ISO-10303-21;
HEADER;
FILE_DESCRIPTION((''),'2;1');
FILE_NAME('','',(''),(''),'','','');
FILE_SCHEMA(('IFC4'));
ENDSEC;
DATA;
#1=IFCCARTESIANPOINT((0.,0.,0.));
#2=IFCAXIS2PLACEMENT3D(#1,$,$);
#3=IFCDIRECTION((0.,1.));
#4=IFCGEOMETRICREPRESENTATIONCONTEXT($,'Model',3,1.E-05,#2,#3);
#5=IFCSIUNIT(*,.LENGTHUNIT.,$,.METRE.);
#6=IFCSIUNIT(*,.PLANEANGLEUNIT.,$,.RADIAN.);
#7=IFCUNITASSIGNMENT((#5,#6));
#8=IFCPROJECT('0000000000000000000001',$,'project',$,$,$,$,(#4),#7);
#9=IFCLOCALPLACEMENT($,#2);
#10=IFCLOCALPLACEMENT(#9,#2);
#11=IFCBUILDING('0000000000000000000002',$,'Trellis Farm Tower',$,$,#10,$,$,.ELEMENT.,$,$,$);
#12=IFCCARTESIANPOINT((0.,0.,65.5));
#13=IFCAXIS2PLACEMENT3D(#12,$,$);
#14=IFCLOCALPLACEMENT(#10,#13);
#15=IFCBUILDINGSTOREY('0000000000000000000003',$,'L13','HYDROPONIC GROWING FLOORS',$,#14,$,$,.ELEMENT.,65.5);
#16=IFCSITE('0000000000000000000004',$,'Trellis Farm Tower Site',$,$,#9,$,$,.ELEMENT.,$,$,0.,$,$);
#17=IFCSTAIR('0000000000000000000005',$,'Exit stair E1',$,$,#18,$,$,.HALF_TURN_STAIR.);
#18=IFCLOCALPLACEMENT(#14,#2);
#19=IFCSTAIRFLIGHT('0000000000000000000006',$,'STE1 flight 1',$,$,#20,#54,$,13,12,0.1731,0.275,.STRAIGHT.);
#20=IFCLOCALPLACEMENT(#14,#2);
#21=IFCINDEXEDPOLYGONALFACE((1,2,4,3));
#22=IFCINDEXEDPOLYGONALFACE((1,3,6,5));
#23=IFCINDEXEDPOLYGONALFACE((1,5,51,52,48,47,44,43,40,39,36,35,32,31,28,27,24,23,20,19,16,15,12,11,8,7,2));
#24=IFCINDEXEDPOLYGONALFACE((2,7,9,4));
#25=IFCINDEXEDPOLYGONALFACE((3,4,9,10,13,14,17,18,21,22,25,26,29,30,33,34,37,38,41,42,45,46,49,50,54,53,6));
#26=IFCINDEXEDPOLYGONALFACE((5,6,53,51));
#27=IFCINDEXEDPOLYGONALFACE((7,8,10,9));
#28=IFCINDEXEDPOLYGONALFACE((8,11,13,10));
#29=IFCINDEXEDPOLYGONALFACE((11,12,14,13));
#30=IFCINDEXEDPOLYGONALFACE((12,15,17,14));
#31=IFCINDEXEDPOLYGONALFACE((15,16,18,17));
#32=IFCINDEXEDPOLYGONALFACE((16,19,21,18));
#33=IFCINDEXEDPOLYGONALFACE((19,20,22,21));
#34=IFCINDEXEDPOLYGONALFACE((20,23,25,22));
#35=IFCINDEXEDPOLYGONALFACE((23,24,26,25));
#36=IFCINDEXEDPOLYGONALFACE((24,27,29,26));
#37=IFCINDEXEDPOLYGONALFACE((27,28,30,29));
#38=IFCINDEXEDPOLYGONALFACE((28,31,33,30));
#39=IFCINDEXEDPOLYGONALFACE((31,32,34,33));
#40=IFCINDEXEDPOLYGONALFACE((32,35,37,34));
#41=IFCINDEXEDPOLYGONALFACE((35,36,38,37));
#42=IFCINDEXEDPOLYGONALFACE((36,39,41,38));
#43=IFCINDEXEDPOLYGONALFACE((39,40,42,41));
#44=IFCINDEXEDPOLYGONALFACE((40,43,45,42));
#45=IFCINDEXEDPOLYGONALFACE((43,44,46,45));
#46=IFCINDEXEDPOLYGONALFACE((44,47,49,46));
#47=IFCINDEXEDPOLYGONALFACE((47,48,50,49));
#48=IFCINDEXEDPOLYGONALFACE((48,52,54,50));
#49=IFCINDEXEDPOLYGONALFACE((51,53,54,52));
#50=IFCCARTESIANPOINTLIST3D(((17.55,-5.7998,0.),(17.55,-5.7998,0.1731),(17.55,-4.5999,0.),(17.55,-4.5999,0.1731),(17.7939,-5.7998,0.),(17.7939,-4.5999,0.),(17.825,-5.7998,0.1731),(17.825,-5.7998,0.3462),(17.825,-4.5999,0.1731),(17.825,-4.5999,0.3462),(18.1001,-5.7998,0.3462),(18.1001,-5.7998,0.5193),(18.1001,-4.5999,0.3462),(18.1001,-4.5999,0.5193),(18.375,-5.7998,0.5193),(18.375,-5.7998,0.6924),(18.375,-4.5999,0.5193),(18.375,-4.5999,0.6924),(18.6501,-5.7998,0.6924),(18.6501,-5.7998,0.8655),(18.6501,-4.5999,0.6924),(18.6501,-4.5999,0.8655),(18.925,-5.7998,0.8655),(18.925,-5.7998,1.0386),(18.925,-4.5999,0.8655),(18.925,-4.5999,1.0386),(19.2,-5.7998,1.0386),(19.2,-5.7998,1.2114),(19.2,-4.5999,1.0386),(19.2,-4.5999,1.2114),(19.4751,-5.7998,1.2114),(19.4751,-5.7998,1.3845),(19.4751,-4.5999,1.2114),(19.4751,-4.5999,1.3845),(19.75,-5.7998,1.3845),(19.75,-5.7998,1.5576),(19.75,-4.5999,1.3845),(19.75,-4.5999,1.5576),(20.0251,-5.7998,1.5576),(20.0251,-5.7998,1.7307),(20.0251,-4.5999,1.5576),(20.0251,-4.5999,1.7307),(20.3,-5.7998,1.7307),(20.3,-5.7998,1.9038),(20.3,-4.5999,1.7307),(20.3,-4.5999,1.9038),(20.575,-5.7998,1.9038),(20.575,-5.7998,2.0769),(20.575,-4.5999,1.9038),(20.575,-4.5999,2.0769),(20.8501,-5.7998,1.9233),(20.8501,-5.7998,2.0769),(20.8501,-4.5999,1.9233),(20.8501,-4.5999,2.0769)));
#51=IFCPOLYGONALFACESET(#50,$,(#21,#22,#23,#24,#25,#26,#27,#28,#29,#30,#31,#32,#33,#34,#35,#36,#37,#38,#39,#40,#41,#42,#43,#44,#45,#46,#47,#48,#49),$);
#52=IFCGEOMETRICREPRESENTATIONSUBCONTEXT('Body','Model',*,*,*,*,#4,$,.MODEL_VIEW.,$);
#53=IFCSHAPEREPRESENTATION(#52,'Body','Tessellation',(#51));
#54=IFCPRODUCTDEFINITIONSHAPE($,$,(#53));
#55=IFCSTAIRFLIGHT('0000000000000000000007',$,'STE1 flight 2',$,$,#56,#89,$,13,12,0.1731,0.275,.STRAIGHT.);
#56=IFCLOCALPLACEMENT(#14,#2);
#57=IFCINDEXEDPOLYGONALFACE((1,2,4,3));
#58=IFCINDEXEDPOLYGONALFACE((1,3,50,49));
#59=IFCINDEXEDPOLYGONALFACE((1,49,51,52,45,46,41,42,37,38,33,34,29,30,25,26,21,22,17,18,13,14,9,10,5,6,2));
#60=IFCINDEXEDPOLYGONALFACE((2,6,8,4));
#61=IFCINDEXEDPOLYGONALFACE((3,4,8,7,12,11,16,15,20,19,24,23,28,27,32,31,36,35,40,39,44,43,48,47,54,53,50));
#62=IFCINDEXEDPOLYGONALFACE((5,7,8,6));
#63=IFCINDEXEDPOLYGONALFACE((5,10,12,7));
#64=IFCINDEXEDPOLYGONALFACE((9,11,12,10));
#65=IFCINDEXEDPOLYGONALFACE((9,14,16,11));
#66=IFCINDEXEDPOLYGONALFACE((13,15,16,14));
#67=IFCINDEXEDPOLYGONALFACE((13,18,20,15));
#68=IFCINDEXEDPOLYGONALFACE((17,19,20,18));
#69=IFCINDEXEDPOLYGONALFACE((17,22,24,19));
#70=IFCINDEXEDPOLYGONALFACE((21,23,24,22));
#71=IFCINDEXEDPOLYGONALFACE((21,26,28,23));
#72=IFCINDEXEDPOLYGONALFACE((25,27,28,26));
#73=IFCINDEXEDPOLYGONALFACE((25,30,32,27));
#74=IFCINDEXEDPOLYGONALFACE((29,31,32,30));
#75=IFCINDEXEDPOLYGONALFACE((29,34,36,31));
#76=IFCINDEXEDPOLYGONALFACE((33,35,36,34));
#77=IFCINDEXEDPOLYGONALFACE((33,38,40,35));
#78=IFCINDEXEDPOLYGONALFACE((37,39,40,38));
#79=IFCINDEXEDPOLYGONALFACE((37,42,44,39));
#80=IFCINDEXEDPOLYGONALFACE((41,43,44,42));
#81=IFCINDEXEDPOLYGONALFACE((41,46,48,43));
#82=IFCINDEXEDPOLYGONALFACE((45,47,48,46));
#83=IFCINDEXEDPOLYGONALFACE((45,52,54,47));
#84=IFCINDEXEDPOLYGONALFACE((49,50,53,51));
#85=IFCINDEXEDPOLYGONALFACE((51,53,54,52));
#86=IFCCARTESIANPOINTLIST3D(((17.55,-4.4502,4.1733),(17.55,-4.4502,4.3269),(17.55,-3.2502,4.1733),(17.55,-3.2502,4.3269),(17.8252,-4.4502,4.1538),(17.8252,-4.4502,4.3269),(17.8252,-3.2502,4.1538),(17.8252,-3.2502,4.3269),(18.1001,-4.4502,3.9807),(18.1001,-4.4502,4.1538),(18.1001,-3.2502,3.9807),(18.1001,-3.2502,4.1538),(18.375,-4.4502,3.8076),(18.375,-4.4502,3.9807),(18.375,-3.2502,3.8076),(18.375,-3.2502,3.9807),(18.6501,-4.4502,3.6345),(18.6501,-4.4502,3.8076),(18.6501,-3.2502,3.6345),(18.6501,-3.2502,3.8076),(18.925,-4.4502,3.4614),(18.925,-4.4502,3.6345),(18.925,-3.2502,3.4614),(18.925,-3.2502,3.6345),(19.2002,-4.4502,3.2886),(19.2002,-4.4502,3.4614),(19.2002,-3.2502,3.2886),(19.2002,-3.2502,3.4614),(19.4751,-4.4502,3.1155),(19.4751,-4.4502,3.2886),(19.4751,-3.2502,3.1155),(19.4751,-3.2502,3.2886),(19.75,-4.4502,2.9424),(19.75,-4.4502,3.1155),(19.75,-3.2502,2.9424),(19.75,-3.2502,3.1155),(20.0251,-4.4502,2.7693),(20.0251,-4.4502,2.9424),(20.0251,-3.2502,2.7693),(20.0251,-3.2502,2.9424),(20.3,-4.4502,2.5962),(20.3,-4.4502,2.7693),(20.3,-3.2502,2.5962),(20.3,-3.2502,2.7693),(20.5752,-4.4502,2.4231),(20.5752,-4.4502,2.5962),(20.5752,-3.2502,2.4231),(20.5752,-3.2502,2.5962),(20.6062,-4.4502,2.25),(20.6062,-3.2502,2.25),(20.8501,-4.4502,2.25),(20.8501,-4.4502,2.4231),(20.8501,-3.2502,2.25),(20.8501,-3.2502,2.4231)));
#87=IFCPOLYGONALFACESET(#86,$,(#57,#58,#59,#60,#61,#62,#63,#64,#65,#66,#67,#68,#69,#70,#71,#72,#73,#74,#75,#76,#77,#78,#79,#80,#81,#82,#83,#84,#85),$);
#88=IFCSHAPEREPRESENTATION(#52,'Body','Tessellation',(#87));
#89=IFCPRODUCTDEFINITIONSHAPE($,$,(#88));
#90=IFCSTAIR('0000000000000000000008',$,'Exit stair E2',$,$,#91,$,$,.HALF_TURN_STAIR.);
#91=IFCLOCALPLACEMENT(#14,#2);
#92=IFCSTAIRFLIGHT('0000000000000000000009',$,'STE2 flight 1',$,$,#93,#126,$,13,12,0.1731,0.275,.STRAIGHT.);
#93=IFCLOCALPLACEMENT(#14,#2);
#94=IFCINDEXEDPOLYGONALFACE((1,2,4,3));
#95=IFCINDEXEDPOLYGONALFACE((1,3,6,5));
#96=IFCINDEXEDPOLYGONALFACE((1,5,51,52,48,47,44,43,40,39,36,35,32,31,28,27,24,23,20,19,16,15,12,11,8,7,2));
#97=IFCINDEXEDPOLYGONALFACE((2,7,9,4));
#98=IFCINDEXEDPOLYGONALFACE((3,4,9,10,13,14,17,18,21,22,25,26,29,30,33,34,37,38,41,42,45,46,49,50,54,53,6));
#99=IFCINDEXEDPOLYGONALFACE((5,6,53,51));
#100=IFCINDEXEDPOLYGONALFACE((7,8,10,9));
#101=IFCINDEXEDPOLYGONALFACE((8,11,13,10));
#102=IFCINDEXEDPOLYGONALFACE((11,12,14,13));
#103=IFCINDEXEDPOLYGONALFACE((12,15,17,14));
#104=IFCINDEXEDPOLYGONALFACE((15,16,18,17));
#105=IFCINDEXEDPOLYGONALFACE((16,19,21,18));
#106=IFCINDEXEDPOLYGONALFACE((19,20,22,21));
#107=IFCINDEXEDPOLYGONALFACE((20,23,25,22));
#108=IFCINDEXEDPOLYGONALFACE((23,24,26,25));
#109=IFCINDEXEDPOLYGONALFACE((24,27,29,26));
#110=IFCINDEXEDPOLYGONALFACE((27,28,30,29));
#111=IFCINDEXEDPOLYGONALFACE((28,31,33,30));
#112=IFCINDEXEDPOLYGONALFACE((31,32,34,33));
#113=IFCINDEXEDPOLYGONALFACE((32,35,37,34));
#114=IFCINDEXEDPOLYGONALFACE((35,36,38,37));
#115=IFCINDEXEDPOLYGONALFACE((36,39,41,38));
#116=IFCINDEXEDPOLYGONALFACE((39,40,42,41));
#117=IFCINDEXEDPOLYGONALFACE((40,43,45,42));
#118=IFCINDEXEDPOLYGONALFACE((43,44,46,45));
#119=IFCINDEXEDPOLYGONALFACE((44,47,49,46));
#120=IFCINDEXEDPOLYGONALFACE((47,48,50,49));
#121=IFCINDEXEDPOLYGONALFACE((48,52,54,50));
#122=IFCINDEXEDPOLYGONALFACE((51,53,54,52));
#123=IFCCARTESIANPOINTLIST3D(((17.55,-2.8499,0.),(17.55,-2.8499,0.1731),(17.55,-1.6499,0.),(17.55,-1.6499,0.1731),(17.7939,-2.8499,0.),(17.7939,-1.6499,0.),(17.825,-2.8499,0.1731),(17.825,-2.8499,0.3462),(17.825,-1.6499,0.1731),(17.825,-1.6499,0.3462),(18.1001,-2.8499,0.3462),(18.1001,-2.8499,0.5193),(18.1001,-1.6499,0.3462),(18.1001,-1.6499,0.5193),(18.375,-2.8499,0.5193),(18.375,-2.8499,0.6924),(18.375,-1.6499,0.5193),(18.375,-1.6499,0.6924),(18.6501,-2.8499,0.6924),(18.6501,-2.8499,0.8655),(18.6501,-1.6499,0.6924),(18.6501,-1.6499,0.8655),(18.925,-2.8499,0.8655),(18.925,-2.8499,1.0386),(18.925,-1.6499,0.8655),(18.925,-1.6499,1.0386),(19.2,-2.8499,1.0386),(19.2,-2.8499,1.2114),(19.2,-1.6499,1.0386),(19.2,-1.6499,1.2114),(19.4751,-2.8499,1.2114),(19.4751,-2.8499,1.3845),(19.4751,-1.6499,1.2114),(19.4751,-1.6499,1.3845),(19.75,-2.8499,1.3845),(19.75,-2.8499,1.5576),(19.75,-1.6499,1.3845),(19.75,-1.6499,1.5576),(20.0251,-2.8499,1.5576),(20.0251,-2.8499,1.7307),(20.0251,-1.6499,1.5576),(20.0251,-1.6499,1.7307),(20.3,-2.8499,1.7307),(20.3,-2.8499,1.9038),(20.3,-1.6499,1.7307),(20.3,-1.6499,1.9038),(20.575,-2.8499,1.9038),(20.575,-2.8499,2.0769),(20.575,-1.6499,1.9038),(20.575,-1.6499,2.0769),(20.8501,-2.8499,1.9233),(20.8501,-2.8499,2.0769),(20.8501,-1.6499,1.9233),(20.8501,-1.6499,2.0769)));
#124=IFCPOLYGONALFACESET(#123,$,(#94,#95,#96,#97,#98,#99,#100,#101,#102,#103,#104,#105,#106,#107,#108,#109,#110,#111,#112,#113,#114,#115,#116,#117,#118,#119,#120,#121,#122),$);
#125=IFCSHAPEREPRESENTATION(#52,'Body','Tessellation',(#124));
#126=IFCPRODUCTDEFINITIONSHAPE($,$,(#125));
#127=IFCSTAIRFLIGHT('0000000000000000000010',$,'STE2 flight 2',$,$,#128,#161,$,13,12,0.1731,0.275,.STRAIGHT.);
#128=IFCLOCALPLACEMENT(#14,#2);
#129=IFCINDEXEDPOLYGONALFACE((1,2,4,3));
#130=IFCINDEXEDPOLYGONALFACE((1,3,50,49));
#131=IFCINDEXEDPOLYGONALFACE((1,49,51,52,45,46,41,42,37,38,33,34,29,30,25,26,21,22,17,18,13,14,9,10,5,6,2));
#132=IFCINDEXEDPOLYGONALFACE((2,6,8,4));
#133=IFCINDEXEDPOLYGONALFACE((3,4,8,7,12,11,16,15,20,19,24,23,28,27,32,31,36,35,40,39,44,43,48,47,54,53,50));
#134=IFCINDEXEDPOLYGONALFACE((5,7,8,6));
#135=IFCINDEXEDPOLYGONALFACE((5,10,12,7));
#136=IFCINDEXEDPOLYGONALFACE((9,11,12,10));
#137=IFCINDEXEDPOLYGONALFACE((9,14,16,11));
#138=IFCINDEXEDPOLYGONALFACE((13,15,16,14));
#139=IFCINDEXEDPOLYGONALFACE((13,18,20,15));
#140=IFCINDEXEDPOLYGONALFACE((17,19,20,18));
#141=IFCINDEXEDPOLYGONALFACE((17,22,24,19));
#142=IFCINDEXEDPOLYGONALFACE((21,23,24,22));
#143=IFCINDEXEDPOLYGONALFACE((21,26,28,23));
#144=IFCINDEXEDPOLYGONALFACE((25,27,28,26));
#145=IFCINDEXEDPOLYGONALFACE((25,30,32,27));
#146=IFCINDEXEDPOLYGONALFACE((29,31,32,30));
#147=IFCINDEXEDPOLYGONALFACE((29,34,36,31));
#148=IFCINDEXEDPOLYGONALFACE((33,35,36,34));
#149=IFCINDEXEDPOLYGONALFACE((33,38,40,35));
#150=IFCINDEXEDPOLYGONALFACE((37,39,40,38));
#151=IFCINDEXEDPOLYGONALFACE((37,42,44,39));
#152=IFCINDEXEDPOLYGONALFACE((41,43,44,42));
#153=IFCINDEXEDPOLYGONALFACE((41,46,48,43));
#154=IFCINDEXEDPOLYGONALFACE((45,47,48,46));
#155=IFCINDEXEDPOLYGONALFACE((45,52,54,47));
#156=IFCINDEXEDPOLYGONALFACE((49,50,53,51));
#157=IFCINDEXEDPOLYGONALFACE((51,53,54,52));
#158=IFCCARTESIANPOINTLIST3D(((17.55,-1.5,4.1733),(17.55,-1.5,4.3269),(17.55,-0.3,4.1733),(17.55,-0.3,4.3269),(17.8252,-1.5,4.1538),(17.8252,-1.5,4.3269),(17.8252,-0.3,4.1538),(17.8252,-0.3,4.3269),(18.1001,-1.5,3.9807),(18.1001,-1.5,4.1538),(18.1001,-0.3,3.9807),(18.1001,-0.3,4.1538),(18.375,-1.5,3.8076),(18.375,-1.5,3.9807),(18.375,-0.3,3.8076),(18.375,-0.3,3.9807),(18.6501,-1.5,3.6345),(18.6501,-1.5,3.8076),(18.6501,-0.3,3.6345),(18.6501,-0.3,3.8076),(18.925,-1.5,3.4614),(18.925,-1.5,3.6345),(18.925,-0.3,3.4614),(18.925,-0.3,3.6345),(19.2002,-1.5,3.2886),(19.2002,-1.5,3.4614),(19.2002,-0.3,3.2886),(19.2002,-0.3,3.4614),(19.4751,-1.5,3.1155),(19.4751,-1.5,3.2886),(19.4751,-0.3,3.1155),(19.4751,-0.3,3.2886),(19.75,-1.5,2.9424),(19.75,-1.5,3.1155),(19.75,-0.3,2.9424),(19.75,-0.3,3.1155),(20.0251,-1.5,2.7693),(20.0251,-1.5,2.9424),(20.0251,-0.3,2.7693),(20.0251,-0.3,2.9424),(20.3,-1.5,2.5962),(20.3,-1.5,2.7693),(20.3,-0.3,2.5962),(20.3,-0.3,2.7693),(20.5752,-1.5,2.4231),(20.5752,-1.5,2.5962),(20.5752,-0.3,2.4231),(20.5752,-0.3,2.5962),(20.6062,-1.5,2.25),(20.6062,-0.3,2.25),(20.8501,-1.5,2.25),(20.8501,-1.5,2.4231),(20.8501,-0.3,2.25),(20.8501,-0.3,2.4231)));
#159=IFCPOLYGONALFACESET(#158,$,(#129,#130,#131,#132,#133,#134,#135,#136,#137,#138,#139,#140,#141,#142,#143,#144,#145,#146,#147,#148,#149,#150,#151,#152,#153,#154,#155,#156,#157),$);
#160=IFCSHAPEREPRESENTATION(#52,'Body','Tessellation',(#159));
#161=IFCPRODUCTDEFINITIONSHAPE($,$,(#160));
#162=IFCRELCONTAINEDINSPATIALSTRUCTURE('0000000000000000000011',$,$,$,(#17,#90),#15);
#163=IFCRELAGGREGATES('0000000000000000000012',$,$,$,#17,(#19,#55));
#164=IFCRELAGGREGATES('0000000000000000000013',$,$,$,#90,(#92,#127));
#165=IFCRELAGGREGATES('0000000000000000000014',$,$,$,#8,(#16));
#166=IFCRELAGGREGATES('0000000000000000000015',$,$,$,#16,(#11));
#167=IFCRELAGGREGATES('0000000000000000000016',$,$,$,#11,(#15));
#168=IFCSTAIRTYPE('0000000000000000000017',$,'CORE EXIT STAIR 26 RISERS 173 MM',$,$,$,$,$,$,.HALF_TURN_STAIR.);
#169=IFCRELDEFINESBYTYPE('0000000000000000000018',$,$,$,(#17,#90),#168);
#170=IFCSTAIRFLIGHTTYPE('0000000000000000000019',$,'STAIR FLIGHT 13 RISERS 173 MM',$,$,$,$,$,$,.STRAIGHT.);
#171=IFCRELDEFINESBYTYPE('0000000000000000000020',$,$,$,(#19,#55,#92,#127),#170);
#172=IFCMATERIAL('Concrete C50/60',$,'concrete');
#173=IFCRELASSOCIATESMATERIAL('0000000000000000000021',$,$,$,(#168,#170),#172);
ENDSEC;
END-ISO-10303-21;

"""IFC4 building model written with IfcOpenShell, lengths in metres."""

from ifc_helpers import new_model, si_unit, direction, frame, origin, place, context, subcontext, project, spatial, polyline, outline, extrude, source, transform, mapped, material, type_object, element, aggregate, save


model = new_model("IFC4")

# Units and contexts
model_context = context("Model", 3, precision=1e-05, world=origin(), true_north=direction((0.0, 1.0)))
body_context = subcontext(model_context, "Body", "Model", "MODEL_VIEW")
ifc_project = project(units=[si_unit("LENGTHUNIT", "METRE"), si_unit("PLANEANGLEUNIT", "RADIAN")], contexts=[model_context])

# Site, building, storey
site_placement = place(None, origin())
site = spatial("IfcSite", under=ifc_project, at=site_placement, Name="Trellis Farm Tower Site", CompositionType="ELEMENT", RefElevation=0.0)
building_placement = place(site_placement, origin())
building = spatial("IfcBuilding", under=site, at=building_placement, Name="Trellis Farm Tower", CompositionType="ELEMENT")
storey_placement = place(building_placement, frame((0.0, 0.0, 65.5)))
storey = spatial("IfcBuildingStorey", under=building, at=storey_placement, Name="L13", Description="HYDROPONIC GROWING FLOORS", CompositionType="ELEMENT", Elevation=65.5)

# Shared definitions
placement = place(storey_placement, origin())

# Stairs, stair flights
ifc_material_1 = material(Name="Concrete C50/60", Category="concrete")
stair_type = type_object("IfcStairType", Name="CORE EXIT STAIR 26 RISERS 173 MM", PredefinedType="HALF_TURN_STAIR", material=ifc_material_1)
stair_1 = element("IfcStair", 1, at=placement, inside=storey, type_object=stair_type, Name="Exit stair E1", PredefinedType="HALF_TURN_STAIR")
stair_flight_type = type_object("IfcStairFlightType", Name="STAIR FLIGHT 13 RISERS 173 MM", PredefinedType="STRAIGHT", material=ifc_material_1)
shared_shape_1 = source(origin(), body_context, "Body", "SweptSolid", [
    extrude(outline(polyline([(0.0, 0.0), (0.0, 0.1731), (0.2749, 0.1731), (0.2749, 0.3462), (0.55, 0.3462), (0.55, 0.5193), (0.825, 0.5193), (0.825, 0.6924), (1.1001, 0.6924), (1.1001, 0.8655), (1.375, 0.8655), (1.375, 1.0386), (1.6499, 1.0386), (1.6499, 1.2114), (1.925, 1.2114), (1.925, 1.3845), (2.2, 1.3845), (2.2, 1.5576), (2.4751, 1.5576), (2.4751, 1.7307), (2.75, 1.7307), (2.75, 1.9038), (3.0249, 1.9038), (3.0249, 2.0769), (3.3, 2.0769), (3.3, 2.25), (3.3, 1.9233), (0.2439, 0.0), (0.0, 0.0)])), frame((0.0, 0.6001, 0.0), z_axis=(0.0, -1.0, 0.0), x_axis=(1.0, 0.0, 0.0)), (0.0, 0.0, 1.0), 1.2),
])
stair_flight_1_placement = place(storey_placement, frame((17.55, -5.2, 0.0), z_axis=(0.0, 0.0, 1.0), x_axis=(1.0, 0.0, 0.0)))
stair_flight_1 = element("IfcStairFlight", 2, at=stair_flight_1_placement, type_object=stair_flight_type, Name="STE1 flight 1", NumberOfRisers=13, NumberOfTreads=12, PredefinedType="STRAIGHT", RiserHeight=0.1731, TreadLength=0.275, context=body_context, shape_type="MappedRepresentation", body=[
    mapped(shared_shape_1, transform((0.0, 0.0, 0.0))),
])
stair_flight_2_placement = place(storey_placement, frame((20.8501, -3.8501, 2.25), z_axis=(0.0, 0.0, 1.0), x_axis=(-1.0, 0.0, 0.0)))
stair_flight_2 = element("IfcStairFlight", 3, at=stair_flight_2_placement, type_object=stair_flight_type, Name="STE1 flight 2", NumberOfRisers=13, NumberOfTreads=12, PredefinedType="STRAIGHT", RiserHeight=0.1731, TreadLength=0.275, context=body_context, shape_type="MappedRepresentation", body=[
    mapped(shared_shape_1, transform((0.0, 0.0, 0.0))),
])
aggregate(stair_1, [stair_flight_1, stair_flight_2])
stair_2 = element("IfcStair", 4, at=placement, inside=storey, type_object=stair_type, Name="Exit stair E2", PredefinedType="HALF_TURN_STAIR")
stair_flight_3_placement = place(storey_placement, frame((17.55, -2.25, 0.0), z_axis=(0.0, 0.0, 1.0), x_axis=(1.0, 0.0, 0.0)))
stair_flight_3 = element("IfcStairFlight", 5, at=stair_flight_3_placement, type_object=stair_flight_type, Name="STE2 flight 1", NumberOfRisers=13, NumberOfTreads=12, PredefinedType="STRAIGHT", RiserHeight=0.1731, TreadLength=0.275, context=body_context, shape_type="MappedRepresentation", body=[
    mapped(shared_shape_1, transform((0.0, 0.0, 0.0))),
])
stair_flight_4_placement = place(storey_placement, frame((20.8501, -0.8999, 2.25), z_axis=(0.0, 0.0, 1.0), x_axis=(-1.0, 0.0, 0.0)))
stair_flight_4 = element("IfcStairFlight", 6, at=stair_flight_4_placement, type_object=stair_flight_type, Name="STE2 flight 2", NumberOfRisers=13, NumberOfTreads=12, PredefinedType="STRAIGHT", RiserHeight=0.1731, TreadLength=0.275, context=body_context, shape_type="MappedRepresentation", body=[
    mapped(shared_shape_1, transform((0.0, 0.0, 0.0))),
])
aggregate(stair_2, [stair_flight_3, stair_flight_4])

save(model, "model.ifc")
